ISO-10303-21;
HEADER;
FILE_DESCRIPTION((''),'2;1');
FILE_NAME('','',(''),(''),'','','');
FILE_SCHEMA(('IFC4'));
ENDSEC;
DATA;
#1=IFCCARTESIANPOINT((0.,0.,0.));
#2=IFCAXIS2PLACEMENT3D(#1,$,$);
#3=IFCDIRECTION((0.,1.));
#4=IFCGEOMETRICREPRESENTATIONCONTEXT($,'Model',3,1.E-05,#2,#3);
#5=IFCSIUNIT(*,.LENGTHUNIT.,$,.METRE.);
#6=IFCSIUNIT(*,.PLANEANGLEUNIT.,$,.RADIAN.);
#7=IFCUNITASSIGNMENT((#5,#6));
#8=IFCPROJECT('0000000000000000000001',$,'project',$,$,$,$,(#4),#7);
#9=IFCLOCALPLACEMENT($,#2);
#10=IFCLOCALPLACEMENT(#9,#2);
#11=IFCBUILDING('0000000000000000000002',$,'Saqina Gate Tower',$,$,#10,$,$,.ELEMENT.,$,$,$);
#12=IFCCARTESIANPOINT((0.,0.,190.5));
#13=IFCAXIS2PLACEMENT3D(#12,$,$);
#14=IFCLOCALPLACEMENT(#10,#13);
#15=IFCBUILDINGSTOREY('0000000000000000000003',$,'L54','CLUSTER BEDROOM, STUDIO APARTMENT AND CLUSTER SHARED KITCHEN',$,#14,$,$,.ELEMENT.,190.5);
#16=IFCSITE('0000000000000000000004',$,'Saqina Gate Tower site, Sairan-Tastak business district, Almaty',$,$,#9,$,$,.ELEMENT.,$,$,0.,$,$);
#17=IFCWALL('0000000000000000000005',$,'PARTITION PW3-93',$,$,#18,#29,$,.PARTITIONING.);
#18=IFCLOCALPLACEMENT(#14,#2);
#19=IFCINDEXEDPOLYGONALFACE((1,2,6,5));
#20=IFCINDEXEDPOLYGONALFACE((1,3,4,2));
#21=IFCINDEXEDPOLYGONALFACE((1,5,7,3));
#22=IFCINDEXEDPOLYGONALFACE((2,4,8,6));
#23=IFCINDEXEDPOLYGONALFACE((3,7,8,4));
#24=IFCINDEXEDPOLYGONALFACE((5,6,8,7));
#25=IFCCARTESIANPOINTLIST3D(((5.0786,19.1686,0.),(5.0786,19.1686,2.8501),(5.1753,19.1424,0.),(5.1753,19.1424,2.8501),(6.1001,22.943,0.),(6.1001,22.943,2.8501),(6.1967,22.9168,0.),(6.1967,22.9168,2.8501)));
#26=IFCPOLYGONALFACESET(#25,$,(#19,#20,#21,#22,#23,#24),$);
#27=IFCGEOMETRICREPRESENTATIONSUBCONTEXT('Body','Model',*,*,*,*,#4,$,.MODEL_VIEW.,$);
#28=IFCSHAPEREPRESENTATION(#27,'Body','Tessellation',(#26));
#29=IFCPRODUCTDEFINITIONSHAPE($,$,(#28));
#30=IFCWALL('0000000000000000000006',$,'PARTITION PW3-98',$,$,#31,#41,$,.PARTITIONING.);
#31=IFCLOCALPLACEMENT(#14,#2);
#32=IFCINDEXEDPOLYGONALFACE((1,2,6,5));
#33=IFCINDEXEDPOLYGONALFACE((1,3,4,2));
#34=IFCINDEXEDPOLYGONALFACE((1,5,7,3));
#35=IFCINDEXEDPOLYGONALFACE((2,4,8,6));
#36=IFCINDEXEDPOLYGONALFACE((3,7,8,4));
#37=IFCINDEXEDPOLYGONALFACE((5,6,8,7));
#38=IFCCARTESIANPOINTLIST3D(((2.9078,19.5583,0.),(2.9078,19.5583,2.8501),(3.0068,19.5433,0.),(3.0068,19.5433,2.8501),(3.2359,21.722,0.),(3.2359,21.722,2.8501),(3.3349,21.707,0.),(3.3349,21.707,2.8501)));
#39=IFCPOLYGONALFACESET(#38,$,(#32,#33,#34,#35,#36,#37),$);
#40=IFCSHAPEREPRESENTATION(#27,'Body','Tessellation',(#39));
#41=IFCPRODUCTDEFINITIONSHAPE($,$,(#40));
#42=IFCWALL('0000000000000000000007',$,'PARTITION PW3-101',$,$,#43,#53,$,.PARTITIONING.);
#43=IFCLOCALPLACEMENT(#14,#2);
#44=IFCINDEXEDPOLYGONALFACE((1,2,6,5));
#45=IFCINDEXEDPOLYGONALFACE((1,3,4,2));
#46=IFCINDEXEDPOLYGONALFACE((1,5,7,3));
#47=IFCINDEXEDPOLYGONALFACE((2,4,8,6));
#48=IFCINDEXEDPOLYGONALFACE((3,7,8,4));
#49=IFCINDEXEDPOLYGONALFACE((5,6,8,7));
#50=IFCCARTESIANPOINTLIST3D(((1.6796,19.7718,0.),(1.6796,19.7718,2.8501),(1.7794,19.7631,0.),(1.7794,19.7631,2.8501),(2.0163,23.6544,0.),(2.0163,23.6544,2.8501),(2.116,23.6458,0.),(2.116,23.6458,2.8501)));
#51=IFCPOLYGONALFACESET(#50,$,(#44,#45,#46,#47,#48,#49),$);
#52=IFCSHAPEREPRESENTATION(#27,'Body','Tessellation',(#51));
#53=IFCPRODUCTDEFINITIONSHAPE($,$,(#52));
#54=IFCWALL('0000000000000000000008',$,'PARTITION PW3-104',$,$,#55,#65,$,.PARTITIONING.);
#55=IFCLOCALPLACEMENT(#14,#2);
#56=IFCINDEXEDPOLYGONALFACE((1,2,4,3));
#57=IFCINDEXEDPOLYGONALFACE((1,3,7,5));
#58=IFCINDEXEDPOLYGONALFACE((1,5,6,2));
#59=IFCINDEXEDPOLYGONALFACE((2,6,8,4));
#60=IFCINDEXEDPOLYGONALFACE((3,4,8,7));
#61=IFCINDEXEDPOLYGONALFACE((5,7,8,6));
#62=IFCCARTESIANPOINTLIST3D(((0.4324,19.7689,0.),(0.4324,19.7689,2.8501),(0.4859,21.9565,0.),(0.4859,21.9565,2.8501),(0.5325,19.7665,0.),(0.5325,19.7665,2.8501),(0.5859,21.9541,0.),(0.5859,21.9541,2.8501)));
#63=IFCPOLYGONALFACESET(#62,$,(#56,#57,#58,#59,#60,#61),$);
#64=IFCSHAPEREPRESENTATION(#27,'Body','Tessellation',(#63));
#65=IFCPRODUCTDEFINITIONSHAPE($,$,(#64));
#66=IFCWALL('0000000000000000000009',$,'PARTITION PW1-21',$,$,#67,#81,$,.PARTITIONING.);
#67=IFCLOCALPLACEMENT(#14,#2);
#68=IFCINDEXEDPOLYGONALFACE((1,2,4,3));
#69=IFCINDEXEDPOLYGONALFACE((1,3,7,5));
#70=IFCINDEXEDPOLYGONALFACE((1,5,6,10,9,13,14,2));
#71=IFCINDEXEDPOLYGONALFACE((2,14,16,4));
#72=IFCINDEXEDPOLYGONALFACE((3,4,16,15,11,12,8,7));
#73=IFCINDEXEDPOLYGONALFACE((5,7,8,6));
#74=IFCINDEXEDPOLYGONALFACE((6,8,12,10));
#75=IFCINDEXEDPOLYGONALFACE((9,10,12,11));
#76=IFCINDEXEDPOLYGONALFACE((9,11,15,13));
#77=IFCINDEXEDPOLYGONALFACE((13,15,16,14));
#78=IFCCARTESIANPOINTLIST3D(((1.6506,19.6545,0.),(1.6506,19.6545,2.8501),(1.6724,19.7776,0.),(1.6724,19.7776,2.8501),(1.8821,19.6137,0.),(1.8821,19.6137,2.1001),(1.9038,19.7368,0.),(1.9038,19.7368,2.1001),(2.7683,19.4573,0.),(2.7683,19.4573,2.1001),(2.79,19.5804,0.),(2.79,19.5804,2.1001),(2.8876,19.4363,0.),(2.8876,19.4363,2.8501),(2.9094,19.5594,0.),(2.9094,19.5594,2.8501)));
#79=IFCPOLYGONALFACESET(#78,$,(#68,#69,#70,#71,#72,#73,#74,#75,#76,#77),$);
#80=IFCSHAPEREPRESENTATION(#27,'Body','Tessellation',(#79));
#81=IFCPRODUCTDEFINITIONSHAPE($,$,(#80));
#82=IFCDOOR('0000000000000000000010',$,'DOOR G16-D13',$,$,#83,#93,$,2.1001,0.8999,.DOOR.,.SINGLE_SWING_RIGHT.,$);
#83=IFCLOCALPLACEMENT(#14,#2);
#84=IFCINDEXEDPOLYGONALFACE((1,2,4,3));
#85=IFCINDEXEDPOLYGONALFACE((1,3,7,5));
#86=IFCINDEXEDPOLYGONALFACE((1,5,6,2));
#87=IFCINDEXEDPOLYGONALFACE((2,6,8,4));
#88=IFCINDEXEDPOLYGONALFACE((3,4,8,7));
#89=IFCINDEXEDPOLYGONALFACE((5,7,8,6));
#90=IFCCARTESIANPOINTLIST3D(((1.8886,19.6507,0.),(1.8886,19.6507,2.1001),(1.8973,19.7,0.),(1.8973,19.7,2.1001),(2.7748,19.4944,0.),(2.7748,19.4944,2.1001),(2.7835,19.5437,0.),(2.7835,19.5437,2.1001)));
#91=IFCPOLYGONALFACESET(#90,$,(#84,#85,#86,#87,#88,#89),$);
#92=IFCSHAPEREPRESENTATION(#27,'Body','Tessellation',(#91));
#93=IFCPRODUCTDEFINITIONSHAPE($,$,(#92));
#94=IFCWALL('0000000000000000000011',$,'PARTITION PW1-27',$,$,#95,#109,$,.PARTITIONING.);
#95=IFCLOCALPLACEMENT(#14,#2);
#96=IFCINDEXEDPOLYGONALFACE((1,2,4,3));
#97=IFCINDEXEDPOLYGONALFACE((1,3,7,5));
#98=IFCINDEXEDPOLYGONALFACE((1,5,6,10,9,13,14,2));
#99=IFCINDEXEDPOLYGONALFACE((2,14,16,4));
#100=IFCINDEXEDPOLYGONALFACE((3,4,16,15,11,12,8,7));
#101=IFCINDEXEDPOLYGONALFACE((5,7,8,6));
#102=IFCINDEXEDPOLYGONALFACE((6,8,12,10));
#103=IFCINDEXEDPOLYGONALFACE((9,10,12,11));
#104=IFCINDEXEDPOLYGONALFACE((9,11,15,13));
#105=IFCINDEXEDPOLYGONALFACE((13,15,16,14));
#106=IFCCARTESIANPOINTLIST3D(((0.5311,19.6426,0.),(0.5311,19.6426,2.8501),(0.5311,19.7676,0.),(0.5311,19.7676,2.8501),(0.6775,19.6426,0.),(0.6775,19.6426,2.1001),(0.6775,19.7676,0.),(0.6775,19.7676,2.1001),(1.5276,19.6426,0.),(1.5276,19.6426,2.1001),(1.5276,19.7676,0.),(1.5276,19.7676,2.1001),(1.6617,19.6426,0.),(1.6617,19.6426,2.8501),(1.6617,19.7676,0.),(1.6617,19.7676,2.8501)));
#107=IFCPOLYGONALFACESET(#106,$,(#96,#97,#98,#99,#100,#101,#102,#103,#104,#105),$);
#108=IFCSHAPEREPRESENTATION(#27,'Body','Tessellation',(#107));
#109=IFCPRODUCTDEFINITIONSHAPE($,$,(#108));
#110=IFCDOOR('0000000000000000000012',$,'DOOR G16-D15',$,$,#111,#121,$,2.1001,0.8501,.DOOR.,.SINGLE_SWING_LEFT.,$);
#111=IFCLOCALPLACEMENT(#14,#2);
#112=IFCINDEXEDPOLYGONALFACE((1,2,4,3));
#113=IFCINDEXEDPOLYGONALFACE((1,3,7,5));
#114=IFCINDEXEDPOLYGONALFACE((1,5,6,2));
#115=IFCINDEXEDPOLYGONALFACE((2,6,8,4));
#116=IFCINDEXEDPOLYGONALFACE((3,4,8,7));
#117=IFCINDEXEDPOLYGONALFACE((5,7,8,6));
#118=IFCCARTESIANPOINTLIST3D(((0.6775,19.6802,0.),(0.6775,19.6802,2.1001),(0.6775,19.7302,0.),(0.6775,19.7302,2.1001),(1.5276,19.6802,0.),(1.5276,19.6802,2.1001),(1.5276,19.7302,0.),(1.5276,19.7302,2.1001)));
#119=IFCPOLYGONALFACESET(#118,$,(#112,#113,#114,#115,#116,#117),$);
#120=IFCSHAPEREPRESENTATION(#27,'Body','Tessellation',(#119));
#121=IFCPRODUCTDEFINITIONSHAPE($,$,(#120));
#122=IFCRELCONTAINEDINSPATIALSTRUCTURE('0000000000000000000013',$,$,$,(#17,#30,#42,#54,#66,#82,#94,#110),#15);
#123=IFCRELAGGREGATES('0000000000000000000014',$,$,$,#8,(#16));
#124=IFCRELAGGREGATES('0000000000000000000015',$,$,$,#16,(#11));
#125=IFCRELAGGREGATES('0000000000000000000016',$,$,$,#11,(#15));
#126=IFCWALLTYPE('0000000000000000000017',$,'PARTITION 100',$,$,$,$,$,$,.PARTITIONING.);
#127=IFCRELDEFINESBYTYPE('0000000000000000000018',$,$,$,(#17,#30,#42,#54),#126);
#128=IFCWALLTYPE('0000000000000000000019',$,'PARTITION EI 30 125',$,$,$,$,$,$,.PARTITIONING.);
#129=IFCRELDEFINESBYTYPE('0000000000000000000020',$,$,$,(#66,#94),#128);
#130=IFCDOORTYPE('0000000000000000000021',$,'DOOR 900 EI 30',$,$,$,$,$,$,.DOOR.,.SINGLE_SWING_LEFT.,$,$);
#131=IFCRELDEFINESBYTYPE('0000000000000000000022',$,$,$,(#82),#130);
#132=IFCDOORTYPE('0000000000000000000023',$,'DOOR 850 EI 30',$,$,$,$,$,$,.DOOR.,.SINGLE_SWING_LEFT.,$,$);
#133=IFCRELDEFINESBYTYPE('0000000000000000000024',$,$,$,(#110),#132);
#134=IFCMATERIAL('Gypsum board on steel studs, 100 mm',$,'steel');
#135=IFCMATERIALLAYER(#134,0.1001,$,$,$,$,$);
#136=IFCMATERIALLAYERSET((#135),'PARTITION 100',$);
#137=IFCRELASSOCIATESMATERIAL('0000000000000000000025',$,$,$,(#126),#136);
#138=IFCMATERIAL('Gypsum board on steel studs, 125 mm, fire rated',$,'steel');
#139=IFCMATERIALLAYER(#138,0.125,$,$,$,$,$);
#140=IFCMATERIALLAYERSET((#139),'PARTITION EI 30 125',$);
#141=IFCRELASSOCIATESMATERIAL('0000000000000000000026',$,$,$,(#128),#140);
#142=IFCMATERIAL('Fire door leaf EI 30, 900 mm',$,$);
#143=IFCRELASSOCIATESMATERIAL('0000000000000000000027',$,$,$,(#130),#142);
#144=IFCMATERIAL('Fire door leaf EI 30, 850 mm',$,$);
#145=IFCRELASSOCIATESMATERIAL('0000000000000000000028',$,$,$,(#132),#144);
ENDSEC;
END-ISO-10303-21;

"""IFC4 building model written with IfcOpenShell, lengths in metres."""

from ifc_helpers import new_model, si_unit, direction, frame, frame_2d, origin, place, context, subcontext, project, spatial, rectangle, extrude, material, layer, layer_set, type_object, element, fill, save


model = new_model("IFC4")

# Units and contexts
model_context = context("Model", 3, precision=1e-05, world=origin(), true_north=direction((0.0, 1.0)))
body_context = subcontext(model_context, "Body", "Model", "MODEL_VIEW")
ifc_project = project(units=[si_unit("LENGTHUNIT", "METRE"), si_unit("PLANEANGLEUNIT", "RADIAN")], contexts=[model_context])

# Site, building, storey
site_placement = place(None, origin())
site = spatial("IfcSite", under=ifc_project, at=site_placement, Name="Saqina Gate Tower site, Sairan-Tastak business district, Almaty", CompositionType="ELEMENT", RefElevation=0.0)
building_placement = place(site_placement, origin())
building = spatial("IfcBuilding", under=site, at=building_placement, Name="Saqina Gate Tower", CompositionType="ELEMENT")
storey_placement = place(building_placement, frame((0.0, 0.0, 190.5)))
storey = spatial("IfcBuildingStorey", under=building, at=storey_placement, Name="L54", Description="CLUSTER BEDROOM, STUDIO APARTMENT AND CLUSTER SHARED KITCHEN", CompositionType="ELEMENT", Elevation=190.5)

# Shared definitions
ifc_material_1 = material(Name="Gypsum board on steel studs, 100 mm", Category="steel")
ifc_layer_1 = layer(ifc_material_1, 0.1001)
ifc_layer_set_1 = layer_set([ifc_layer_1], Name="PARTITION 100")
wall_type_1 = type_object("IfcWallType", Name="PARTITION 100", PredefinedType="PARTITIONING", material=ifc_layer_set_1)

# Walls
wall_1_placement = place(storey_placement, frame((5.127, 19.1555, 0.0), z_axis=(0.0, 0.0, 1.0), x_axis=(0.261236, 0.965275, 0.0)))
element("IfcWall", 1, at=wall_1_placement, inside=storey, type_object=wall_type_1, Name="PARTITION PW3-93", PredefinedType="PARTITIONING", context=body_context, shape_type="SweptSolid", body=[
    extrude(rectangle(XDim=3.9102, YDim=0.1001, at=frame_2d((1.9551, 0.0))), origin(), (0.0, 0.0, 1.0), 2.8501),
])
wall_2_placement = place(storey_placement, frame((2.9573, 19.5508, 0.0), z_axis=(0.0, 0.0, 1.0), x_axis=(0.149928, 0.988697, 0.0)))
element("IfcWall", 2, at=wall_2_placement, inside=storey, type_object=wall_type_1, Name="PARTITION PW3-98", PredefinedType="PARTITIONING", context=body_context, shape_type="SweptSolid", body=[
    extrude(rectangle(XDim=2.1885, YDim=0.1001, at=frame_2d((1.0942, 0.0))), origin(), (0.0, 0.0, 1.0), 2.8501),
])
wall_3_placement = place(storey_placement, frame((1.7295, 19.7673, 0.0), z_axis=(0.0, 0.0, 1.0), x_axis=(0.086389, 0.996261, 0.0)))
element("IfcWall", 3, at=wall_3_placement, inside=storey, type_object=wall_type_1, Name="PARTITION PW3-101", PredefinedType="PARTITIONING", context=body_context, shape_type="SweptSolid", body=[
    extrude(rectangle(XDim=3.8972, YDim=0.1001, at=frame_2d((1.9487, 0.0))), origin(), (0.0, 0.0, 1.0), 2.8501),
])
wall_4_placement = place(storey_placement, frame((0.4824, 19.7676, 0.0), z_axis=(0.0, 0.0, 1.0), x_axis=(0.024435, 0.999701, 0.0)))
element("IfcWall", 4, at=wall_4_placement, inside=storey, type_object=wall_type_1, Name="PARTITION PW3-104", PredefinedType="PARTITIONING", context=body_context, shape_type="SweptSolid", body=[
    extrude(rectangle(XDim=2.1882, YDim=0.1001, at=frame_2d((1.0942, 0.0))), origin(), (0.0, 0.0, 1.0), 2.8501),
])

# Walls, openings, doors
ifc_material_2 = material(Name="Gypsum board on steel studs, 125 mm, fire rated", Category="steel")
ifc_layer_2 = layer(ifc_material_2, 0.125)
ifc_layer_set_2 = layer_set([ifc_layer_2], Name="PARTITION EI 30 125")
wall_type_2 = type_object("IfcWallType", Name="PARTITION EI 30 125", PredefinedType="PARTITIONING", material=ifc_layer_set_2)
wall_5_placement = place(storey_placement, frame((1.6616, 19.7161, 0.0), z_axis=(0.0, 0.0, 1.0), x_axis=(0.984789, -0.173752, 0.0)))
wall_5 = element("IfcWall", 5, at=wall_5_placement, inside=storey, type_object=wall_type_2, Name="PARTITION PW1-21", PredefinedType="PARTITIONING", context=body_context, shape_type="SweptSolid", body=[
    extrude(rectangle(XDim=1.2561, YDim=0.125, at=frame_2d((0.6279, 0.0))), origin(), (0.0, 0.0, 1.0), 2.8501),
])
opening_1_placement = place(wall_5_placement, frame((0.2349, 0.0, 0.0)))
opening_1 = element("IfcOpeningElement", 6, at=opening_1_placement, cuts=wall_5, PredefinedType="OPENING", context=body_context, shape_type="SweptSolid", body=[
    extrude(rectangle(XDim=0.8999, YDim=2.1001, at=frame_2d((0.45, 1.05))), frame((0.0, 0.0745, 0.0), z_axis=(0.0, -1.0, 0.0), x_axis=(1.0, 0.0, 0.0)), (0.0, 0.0, 1.0), 0.1489),
])
ifc_material_3 = material(Name="Fire door leaf EI 30, 900 mm")
door_type_1 = type_object("IfcDoorType", Name="DOOR 900 EI 30", OperationType="SINGLE_SWING_LEFT", PredefinedType="DOOR", material=ifc_material_3)
door_1_placement = place(opening_1_placement, frame((0.8999, 0.0, 0.0), z_axis=(0.0, 0.0, 1.0), x_axis=(-1.0, 0.0, 0.0)))
door_1 = element("IfcDoor", 7, at=door_1_placement, inside=storey, type_object=door_type_1, Name="DOOR G16-D13", OperationType="SINGLE_SWING_RIGHT", OverallHeight=2.1001, OverallWidth=0.8999, PredefinedType="DOOR", context=body_context, shape_type="SweptSolid", body=[
    extrude(rectangle(XDim=0.8999, YDim=2.1001, at=frame_2d((0.45, 1.05))), frame((0.0, 0.0249, 0.0), z_axis=(0.0, -1.0, 0.0), x_axis=(1.0, 0.0, 0.0)), (0.0, 0.0, 1.0), 0.05),
])
fill(opening_1, door_1)
wall_6_placement = place(storey_placement, frame((0.531, 19.7051, 0.0), z_axis=(0.0, 0.0, 1.0), x_axis=(1.0, 0.0, 0.0)))
wall_6 = element("IfcWall", 8, at=wall_6_placement, inside=storey, type_object=wall_type_2, Name="PARTITION PW1-27", PredefinedType="PARTITIONING", context=body_context, shape_type="SweptSolid", body=[
    extrude(rectangle(XDim=1.1306, YDim=0.125, at=frame_2d((0.5654, 0.0))), origin(), (0.0, 0.0, 1.0), 2.8501),
])
opening_2_placement = place(wall_6_placement, frame((0.1465, 0.0, 0.0)))
opening_2 = element("IfcOpeningElement", 9, at=opening_2_placement, cuts=wall_6, PredefinedType="OPENING", context=body_context, shape_type="SweptSolid", body=[
    extrude(rectangle(XDim=0.8501, YDim=2.1001, at=frame_2d((0.425, 1.05))), frame((0.0, 0.0745, 0.0), z_axis=(0.0, -1.0, 0.0), x_axis=(1.0, 0.0, 0.0)), (0.0, 0.0, 1.0), 0.1489),
])
ifc_material_4 = material(Name="Fire door leaf EI 30, 850 mm")
door_type_2 = type_object("IfcDoorType", Name="DOOR 850 EI 30", OperationType="SINGLE_SWING_LEFT", PredefinedType="DOOR", material=ifc_material_4)
door_2_placement = place(opening_2_placement, frame((0.8501, 0.0, 0.0), z_axis=(0.0, 0.0, 1.0), x_axis=(-1.0, 0.0, 0.0)))
door_2 = element("IfcDoor", 10, at=door_2_placement, inside=storey, type_object=door_type_2, Name="DOOR G16-D15", OperationType="SINGLE_SWING_LEFT", OverallHeight=2.1001, OverallWidth=0.8501, PredefinedType="DOOR", context=body_context, shape_type="SweptSolid", body=[
    extrude(rectangle(XDim=0.8501, YDim=2.1001, at=frame_2d((0.425, 1.05))), frame((0.0, 0.0249, 0.0), z_axis=(0.0, -1.0, 0.0), x_axis=(1.0, 0.0, 0.0)), (0.0, 0.0, 1.0), 0.05),
])
fill(opening_2, door_2)

save(model, "model.ifc")
